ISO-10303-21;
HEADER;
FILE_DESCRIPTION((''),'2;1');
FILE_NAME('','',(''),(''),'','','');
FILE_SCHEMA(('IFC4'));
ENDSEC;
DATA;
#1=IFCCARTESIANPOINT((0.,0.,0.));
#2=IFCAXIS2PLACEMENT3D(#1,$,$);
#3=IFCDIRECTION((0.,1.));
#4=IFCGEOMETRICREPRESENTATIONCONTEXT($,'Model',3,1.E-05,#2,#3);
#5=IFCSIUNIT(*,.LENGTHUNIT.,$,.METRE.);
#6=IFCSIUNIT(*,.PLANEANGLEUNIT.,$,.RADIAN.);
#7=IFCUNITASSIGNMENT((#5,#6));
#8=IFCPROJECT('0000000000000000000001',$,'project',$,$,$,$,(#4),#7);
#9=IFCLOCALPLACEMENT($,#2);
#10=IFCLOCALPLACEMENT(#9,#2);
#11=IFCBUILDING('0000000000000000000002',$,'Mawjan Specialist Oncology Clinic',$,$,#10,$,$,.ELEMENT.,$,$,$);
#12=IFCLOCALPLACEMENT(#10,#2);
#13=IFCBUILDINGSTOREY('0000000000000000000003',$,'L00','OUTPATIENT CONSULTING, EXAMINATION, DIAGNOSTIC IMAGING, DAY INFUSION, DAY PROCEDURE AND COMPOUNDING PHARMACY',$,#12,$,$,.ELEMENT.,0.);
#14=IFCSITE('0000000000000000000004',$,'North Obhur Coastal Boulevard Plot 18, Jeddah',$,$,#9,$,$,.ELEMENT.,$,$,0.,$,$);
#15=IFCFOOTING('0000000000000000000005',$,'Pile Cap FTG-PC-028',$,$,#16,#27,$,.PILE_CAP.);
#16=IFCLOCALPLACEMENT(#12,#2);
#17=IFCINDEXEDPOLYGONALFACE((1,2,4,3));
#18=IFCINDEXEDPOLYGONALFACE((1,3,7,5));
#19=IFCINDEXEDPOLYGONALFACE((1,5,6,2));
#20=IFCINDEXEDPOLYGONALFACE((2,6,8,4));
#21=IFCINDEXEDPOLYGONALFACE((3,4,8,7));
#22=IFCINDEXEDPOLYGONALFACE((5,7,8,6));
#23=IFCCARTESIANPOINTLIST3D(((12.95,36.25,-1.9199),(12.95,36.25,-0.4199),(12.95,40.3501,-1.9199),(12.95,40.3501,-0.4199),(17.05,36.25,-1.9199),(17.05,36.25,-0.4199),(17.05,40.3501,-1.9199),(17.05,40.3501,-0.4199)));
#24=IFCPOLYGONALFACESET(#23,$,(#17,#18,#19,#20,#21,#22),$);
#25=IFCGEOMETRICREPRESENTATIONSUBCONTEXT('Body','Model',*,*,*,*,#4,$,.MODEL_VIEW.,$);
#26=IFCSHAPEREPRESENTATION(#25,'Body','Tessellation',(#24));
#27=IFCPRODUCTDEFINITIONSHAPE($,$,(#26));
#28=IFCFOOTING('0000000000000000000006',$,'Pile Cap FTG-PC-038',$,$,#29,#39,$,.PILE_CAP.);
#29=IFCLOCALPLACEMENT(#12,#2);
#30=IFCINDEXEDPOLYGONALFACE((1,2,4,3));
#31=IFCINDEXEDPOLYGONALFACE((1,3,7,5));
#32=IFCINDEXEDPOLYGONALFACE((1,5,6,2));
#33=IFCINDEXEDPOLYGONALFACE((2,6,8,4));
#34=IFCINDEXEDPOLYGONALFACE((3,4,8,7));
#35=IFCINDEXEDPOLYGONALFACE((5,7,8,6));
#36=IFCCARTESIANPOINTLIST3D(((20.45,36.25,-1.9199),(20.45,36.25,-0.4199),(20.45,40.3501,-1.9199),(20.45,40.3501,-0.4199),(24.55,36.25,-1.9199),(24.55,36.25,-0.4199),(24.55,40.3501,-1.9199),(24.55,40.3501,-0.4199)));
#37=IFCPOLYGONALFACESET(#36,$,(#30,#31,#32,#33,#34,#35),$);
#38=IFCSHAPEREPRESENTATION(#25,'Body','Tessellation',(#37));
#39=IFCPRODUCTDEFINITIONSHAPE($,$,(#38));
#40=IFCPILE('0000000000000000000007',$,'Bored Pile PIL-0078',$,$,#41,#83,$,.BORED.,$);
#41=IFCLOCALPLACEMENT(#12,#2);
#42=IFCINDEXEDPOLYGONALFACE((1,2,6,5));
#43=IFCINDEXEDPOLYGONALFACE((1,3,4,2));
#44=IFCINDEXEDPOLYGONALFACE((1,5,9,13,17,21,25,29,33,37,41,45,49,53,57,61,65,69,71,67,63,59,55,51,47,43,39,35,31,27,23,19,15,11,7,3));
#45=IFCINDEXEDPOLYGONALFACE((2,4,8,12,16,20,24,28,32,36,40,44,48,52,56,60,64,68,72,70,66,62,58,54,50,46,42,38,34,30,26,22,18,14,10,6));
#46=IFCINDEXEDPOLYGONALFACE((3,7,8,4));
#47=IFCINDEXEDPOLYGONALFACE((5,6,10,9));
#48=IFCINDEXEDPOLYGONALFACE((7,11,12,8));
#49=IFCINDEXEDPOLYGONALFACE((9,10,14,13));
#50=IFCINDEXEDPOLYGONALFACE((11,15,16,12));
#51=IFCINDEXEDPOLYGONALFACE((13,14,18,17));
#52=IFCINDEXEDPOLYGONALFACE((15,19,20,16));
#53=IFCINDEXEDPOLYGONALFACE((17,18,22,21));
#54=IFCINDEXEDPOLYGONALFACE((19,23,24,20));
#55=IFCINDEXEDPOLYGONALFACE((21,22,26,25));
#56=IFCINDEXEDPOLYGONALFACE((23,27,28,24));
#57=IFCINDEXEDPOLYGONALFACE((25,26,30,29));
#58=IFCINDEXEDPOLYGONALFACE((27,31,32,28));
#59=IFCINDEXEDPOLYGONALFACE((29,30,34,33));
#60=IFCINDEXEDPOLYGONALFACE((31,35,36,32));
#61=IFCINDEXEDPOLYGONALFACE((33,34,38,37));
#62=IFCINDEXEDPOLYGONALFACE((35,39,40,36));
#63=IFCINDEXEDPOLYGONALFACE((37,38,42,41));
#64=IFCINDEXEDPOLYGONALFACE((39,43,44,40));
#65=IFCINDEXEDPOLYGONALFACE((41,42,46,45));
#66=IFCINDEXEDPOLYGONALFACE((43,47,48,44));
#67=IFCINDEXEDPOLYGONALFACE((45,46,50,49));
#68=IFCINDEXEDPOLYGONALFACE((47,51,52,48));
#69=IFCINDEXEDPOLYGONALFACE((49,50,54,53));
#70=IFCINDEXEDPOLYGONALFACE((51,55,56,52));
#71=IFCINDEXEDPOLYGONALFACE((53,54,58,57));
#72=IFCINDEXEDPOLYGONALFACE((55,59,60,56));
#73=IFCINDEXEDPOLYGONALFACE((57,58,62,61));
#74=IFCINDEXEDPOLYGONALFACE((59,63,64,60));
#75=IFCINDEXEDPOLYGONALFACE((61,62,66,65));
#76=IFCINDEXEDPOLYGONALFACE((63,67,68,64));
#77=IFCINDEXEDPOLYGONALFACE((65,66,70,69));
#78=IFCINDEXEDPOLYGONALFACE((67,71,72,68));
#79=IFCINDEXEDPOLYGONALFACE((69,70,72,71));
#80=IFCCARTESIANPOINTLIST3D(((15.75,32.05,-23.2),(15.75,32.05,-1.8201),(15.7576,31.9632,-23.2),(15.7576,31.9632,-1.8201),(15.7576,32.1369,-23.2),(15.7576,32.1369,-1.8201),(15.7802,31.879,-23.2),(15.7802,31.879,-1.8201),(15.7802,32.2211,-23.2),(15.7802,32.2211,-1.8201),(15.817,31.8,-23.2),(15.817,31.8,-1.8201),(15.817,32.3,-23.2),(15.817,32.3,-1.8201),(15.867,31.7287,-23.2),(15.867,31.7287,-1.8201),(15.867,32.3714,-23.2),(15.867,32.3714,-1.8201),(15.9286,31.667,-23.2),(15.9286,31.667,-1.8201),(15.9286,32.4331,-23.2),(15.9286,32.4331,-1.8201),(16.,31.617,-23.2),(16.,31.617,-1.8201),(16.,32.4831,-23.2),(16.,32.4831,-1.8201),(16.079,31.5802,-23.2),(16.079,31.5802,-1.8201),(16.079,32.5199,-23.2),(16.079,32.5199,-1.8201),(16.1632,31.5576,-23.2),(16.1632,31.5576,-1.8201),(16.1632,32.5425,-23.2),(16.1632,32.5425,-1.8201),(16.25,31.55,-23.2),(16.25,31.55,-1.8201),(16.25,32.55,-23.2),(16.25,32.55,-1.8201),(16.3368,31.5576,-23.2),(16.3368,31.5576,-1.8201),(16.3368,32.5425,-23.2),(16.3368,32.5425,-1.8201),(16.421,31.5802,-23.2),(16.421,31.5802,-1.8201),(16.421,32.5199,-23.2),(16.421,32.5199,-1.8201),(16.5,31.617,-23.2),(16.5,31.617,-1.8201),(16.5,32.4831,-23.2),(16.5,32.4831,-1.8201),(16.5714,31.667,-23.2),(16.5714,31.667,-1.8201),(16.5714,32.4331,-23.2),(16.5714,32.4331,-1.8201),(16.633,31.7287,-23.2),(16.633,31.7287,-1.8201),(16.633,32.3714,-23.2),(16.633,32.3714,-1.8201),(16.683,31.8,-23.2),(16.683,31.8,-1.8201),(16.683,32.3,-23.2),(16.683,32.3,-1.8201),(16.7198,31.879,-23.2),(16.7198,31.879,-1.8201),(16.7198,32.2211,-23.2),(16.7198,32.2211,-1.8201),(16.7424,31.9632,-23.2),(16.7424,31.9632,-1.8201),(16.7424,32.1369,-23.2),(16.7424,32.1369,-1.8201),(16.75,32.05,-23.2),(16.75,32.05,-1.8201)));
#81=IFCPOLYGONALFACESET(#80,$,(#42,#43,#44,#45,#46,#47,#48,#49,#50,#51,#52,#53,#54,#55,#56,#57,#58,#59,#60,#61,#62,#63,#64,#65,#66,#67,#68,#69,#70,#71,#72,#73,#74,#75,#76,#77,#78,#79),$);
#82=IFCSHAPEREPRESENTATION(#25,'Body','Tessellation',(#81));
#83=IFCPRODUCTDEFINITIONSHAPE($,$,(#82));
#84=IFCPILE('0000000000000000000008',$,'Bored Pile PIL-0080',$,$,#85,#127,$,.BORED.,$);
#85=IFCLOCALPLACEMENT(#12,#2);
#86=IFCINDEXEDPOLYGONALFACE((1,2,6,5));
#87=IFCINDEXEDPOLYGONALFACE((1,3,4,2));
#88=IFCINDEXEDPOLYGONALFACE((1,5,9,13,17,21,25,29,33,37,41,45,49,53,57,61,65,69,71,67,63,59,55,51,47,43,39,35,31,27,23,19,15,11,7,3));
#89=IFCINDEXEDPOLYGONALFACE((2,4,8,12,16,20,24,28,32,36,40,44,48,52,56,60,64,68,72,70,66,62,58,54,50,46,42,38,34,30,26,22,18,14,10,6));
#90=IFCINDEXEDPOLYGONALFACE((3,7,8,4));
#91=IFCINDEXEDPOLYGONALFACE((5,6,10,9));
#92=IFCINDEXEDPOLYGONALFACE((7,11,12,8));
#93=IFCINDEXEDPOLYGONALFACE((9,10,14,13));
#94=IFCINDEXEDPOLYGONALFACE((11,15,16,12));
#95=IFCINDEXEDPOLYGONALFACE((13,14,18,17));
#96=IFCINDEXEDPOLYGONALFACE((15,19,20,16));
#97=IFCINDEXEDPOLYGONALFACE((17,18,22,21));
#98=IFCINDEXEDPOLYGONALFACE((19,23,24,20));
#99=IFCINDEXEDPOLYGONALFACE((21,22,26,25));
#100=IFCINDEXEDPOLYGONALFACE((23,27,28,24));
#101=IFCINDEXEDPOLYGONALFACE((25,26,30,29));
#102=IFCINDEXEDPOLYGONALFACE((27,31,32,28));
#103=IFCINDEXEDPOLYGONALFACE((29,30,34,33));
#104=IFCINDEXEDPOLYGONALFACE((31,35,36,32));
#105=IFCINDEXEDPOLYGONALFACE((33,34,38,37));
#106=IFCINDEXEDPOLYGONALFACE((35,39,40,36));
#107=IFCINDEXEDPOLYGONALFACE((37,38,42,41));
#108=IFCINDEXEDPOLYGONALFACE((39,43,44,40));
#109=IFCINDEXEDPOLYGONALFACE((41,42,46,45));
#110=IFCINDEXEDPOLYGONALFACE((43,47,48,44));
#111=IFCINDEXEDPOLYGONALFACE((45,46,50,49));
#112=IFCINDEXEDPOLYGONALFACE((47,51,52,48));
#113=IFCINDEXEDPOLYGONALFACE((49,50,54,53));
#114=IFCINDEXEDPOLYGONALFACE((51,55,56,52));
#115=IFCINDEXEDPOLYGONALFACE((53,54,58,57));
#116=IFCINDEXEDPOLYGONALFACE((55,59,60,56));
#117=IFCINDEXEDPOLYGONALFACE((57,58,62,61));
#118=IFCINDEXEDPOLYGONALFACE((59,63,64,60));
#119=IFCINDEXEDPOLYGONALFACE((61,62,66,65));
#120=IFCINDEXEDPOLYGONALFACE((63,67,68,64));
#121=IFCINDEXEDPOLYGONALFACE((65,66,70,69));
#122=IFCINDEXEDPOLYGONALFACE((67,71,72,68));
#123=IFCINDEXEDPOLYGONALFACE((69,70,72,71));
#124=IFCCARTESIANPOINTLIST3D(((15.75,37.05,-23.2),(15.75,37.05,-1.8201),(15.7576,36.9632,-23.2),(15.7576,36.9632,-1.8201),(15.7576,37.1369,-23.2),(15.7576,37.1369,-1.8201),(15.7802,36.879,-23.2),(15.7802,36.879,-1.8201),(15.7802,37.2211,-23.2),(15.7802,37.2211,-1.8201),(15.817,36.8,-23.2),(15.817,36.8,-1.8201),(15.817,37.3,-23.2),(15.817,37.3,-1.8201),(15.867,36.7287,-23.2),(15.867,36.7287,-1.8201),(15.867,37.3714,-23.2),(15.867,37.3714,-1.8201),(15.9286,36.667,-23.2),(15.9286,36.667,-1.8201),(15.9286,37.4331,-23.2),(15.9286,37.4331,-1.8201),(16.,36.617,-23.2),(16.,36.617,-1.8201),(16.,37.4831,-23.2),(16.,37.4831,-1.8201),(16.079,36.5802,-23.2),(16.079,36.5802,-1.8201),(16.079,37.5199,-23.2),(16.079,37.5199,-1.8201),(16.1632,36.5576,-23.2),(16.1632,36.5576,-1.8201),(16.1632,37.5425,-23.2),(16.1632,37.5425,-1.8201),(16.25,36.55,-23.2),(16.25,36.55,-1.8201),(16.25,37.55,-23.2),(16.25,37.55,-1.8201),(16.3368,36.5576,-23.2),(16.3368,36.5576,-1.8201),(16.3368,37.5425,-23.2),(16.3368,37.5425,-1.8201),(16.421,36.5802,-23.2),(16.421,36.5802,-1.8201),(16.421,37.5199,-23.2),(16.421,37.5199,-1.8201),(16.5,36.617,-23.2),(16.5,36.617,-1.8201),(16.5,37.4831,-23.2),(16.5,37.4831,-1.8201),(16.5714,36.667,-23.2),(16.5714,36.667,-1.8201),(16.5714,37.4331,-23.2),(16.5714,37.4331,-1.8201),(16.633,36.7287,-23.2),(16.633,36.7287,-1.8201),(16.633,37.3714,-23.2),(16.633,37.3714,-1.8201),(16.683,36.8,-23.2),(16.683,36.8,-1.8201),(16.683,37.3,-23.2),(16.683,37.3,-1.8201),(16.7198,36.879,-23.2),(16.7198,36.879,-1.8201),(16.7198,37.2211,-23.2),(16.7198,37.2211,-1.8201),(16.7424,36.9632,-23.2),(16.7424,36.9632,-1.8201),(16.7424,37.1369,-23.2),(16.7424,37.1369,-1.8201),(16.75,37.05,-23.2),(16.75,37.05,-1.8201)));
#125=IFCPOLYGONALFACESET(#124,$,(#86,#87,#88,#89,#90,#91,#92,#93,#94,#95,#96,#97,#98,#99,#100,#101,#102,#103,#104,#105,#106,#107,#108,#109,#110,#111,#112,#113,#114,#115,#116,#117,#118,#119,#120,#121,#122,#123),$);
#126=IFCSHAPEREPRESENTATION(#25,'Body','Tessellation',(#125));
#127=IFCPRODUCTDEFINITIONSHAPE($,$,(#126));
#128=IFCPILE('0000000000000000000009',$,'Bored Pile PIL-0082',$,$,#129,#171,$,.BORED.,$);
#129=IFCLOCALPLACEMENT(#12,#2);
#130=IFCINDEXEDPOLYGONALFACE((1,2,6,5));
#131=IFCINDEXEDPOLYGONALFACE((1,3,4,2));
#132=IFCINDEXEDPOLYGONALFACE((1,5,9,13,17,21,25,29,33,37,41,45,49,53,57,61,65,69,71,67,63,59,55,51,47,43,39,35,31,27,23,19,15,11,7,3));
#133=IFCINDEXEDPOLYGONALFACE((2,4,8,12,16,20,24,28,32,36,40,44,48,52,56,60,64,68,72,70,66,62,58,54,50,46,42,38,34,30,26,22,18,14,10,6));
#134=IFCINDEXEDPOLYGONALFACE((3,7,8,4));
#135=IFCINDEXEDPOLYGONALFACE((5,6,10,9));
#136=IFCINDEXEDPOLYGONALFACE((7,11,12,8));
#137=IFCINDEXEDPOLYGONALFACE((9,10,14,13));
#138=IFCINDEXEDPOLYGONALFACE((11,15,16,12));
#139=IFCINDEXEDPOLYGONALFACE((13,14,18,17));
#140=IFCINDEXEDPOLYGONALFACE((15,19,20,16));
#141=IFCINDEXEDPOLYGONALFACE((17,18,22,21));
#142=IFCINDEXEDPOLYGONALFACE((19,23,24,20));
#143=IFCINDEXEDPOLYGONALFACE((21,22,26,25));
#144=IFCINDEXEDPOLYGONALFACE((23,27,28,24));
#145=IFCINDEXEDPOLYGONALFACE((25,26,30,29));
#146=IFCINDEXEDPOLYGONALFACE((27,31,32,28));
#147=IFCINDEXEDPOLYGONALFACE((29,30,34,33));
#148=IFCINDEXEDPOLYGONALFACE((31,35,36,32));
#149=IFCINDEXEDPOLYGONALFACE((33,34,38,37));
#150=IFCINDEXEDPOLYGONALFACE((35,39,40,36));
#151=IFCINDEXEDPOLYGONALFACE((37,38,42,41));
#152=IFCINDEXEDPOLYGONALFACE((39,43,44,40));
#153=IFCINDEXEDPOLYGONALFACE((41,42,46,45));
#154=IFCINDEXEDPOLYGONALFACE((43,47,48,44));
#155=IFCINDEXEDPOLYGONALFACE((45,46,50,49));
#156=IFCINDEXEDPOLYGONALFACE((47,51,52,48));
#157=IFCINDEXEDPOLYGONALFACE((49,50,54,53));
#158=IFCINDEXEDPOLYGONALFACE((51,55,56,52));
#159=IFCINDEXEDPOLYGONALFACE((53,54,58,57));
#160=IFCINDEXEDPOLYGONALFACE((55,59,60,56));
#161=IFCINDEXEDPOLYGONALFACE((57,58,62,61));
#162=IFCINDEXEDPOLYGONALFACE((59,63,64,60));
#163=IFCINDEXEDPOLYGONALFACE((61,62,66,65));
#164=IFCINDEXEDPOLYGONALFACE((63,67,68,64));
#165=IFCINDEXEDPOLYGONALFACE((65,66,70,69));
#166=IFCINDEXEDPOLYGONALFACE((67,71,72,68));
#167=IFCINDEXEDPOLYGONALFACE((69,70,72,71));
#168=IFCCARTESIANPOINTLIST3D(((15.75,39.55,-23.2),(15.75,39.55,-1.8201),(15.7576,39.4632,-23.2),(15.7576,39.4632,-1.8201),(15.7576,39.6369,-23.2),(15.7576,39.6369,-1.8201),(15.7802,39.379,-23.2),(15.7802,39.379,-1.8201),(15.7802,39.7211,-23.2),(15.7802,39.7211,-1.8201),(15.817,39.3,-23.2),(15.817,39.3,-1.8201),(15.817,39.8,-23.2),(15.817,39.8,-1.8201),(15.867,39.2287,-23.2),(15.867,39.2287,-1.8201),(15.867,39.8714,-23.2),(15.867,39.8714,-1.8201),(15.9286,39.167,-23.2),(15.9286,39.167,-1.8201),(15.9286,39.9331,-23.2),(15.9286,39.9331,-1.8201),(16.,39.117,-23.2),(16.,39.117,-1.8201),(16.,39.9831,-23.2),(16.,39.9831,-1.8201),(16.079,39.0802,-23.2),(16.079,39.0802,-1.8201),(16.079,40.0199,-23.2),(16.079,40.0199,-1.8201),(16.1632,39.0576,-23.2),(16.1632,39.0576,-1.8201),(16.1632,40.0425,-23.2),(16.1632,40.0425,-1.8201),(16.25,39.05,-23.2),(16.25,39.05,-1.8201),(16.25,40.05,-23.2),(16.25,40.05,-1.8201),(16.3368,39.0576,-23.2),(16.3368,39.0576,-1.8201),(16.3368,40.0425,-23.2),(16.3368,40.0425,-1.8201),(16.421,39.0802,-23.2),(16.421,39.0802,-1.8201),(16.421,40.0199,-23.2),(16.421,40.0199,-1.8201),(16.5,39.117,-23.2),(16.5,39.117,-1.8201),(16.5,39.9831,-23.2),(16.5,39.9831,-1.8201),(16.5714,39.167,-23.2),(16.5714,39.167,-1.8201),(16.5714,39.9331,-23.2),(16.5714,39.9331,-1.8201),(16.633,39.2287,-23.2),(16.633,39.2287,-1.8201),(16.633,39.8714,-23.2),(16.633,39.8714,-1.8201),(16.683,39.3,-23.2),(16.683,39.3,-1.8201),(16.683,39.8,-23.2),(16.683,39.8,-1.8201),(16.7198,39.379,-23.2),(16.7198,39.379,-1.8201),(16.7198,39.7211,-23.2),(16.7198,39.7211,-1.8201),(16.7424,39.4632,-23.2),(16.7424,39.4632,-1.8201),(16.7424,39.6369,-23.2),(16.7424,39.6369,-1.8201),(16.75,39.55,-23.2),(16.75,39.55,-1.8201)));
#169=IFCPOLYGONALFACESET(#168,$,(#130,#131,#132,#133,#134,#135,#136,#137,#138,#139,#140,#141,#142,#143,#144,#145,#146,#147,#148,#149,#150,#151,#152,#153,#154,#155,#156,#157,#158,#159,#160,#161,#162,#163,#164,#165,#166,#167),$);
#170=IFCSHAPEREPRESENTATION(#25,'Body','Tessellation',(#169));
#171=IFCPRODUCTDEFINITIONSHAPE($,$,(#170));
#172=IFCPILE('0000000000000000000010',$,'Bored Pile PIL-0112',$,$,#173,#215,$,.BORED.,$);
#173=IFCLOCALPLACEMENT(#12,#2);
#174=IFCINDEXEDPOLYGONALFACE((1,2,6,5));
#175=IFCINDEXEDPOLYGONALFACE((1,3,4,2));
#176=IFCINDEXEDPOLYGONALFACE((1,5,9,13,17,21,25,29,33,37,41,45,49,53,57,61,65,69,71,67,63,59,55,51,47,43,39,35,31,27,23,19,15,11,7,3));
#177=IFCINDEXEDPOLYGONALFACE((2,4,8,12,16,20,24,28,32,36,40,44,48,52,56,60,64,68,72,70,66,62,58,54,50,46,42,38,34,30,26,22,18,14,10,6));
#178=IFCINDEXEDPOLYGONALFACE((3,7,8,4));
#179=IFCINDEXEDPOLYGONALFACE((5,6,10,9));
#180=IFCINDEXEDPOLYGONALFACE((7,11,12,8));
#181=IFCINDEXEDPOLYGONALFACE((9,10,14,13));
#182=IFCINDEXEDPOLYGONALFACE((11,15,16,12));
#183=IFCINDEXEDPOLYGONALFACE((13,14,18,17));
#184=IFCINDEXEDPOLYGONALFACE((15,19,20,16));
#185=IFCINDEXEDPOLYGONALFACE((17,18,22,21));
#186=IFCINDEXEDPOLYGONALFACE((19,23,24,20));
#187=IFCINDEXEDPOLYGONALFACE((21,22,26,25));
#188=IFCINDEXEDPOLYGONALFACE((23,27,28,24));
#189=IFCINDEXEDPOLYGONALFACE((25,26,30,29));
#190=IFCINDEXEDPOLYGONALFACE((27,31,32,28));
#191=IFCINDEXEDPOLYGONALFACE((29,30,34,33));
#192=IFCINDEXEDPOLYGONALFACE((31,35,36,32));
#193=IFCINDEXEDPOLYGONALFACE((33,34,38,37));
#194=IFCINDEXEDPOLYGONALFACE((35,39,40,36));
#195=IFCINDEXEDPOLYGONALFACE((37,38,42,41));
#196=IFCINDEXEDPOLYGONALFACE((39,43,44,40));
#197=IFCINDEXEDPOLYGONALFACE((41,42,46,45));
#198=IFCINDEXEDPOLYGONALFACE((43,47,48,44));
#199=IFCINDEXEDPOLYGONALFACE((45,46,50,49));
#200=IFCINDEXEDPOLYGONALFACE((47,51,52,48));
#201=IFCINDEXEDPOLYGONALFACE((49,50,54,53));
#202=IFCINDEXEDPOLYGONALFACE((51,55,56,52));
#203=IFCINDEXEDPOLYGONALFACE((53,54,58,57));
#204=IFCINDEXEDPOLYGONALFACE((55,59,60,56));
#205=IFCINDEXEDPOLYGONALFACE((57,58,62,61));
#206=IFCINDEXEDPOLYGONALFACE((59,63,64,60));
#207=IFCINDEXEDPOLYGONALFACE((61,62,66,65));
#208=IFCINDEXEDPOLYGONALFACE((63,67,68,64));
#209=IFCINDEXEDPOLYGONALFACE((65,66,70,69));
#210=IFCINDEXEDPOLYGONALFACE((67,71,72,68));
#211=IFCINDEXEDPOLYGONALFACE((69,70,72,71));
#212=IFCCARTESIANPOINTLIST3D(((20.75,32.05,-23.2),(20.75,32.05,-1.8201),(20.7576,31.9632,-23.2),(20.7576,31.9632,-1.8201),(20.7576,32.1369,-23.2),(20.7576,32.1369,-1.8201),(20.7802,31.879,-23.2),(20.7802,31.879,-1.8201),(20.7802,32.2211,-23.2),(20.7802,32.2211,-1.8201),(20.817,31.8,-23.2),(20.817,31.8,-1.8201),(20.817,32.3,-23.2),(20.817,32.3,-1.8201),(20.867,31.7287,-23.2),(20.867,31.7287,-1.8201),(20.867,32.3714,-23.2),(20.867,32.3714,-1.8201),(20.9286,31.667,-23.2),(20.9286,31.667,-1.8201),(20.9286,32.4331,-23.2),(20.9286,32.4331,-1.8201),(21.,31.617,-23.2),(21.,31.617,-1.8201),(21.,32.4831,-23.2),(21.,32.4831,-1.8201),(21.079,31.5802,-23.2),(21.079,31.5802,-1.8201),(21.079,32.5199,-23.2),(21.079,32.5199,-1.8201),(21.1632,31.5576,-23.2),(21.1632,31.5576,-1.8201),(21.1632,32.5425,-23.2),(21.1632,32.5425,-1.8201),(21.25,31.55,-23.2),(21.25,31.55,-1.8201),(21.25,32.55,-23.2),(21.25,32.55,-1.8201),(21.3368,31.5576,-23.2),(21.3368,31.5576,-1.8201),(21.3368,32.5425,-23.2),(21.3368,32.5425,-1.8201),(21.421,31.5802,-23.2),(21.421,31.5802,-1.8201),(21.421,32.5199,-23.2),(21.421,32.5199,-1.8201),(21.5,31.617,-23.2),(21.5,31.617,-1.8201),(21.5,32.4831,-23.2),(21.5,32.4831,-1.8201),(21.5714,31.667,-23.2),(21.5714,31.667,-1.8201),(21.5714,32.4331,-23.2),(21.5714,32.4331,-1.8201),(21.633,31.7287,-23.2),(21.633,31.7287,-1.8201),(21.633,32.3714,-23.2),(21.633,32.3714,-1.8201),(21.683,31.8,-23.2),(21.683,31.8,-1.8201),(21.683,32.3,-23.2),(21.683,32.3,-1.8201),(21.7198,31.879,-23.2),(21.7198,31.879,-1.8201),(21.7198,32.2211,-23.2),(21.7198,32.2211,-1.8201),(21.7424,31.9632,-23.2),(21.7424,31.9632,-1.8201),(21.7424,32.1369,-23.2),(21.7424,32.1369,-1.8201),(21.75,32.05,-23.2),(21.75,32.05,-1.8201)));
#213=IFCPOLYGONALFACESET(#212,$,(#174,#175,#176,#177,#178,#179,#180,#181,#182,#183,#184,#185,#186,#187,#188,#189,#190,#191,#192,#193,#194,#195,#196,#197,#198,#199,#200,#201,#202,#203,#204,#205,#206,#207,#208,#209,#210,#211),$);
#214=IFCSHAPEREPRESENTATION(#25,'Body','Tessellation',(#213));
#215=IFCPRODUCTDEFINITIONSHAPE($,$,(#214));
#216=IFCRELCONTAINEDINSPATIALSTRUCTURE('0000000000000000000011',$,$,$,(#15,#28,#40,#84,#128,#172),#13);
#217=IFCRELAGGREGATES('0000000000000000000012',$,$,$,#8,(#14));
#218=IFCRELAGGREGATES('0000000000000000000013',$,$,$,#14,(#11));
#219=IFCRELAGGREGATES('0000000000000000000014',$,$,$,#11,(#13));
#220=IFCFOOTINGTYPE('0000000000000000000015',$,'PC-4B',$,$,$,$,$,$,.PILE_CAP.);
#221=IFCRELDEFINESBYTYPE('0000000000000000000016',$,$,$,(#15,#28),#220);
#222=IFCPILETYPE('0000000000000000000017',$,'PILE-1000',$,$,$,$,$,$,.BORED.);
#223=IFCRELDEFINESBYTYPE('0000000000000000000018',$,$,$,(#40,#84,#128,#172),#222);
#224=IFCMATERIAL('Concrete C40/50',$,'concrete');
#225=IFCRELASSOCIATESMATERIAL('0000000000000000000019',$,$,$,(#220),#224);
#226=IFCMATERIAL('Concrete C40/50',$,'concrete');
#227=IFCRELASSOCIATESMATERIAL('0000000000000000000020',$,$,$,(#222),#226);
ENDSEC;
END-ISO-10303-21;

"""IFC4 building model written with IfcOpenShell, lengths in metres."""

from ifc_helpers import new_model, si_unit, direction, frame, origin, origin_2d, place, context, subcontext, project, spatial, rectangle, circle, extrude, material, material_profile, profile_set, type_object, element, save


model = new_model("IFC4")

# Units and contexts
model_context = context("Model", 3, precision=1e-05, world=origin(), true_north=direction((0.0, 1.0)))
body_context = subcontext(model_context, "Body", "Model", "MODEL_VIEW")
ifc_project = project(units=[si_unit("LENGTHUNIT", "METRE"), si_unit("PLANEANGLEUNIT", "RADIAN")], contexts=[model_context])

# Site, building, storey
site_placement = place(None, origin())
site = spatial("IfcSite", under=ifc_project, at=site_placement, Name="North Obhur Coastal Boulevard Plot 18, Jeddah", CompositionType="ELEMENT", RefElevation=0.0)
building_placement = place(site_placement, origin())
building = spatial("IfcBuilding", under=site, at=building_placement, Name="Mawjan Specialist Oncology Clinic", CompositionType="ELEMENT")
storey_placement = place(building_placement, origin())
storey = spatial("IfcBuildingStorey", under=building, at=storey_placement, Name="L00", Description="OUTPATIENT CONSULTING, EXAMINATION, DIAGNOSTIC IMAGING, DAY INFUSION, DAY PROCEDURE AND COMPOUNDING PHARMACY", CompositionType="ELEMENT", Elevation=0.0)

# Footings
ifc_material_1 = material(Name="Concrete C40/50", Category="concrete")
footing_type_1 = type_object("IfcFootingType", Name="PC-4B", PredefinedType="PILE_CAP", material=ifc_material_1)
for number, where, z_axis, x_axis, name in (
    (1, (15.0, 38.3, -1.9199), (0.0, 0.0, 1.0), (1.0, 0.0, 0.0), "Pile Cap FTG-PC-028"),
    (2, (22.5, 38.3, -1.9199), (0.0, 0.0, 1.0), (1.0, 0.0, 0.0), "Pile Cap FTG-PC-038"),
):
    element("IfcFooting", number, at=place(storey_placement, frame(where, z_axis=z_axis, x_axis=x_axis)), inside=storey, type_object=footing_type_1, Name=name, PredefinedType="PILE_CAP", context=body_context, shape_type="SweptSolid", body=[
        extrude(rectangle(XDim=4.1001, YDim=4.1001, at=origin_2d()), origin(), (0.0, 0.0, 1.0), 1.5),
    ])

# Piles
ifc_material_2 = material(Name="Concrete C40/50", Category="concrete")
ifc_material_profile_1 = material_profile(ifc_material_2, circle(Radius=0.5, at=origin_2d()), Name="BORED PILE D1000", Category="concrete")
ifc_profile_set_1 = profile_set([ifc_material_profile_1], Name="Concrete C40/50")
pile_type_1 = type_object("IfcPileType", Name="PILE-1000", PredefinedType="BORED", material=ifc_profile_set_1)
for number, where, z_axis, x_axis, name in (
    (3, (16.25, 32.05, -1.8201), (0.0, 0.0, -1.0), (1.0, 0.0, 0.0), "Bored Pile PIL-0078"),
    (4, (16.25, 37.05, -1.8201), (0.0, 0.0, -1.0), (1.0, 0.0, 0.0), "Bored Pile PIL-0080"),
    (5, (16.25, 39.55, -1.8201), (0.0, 0.0, -1.0), (1.0, 0.0, 0.0), "Bored Pile PIL-0082"),
    (6, (21.25, 32.05, -1.8201), (0.0, 0.0, -1.0), (1.0, 0.0, 0.0), "Bored Pile PIL-0112"),
):
    element("IfcPile", number, at=place(storey_placement, frame(where, z_axis=z_axis, x_axis=x_axis)), inside=storey, type_object=pile_type_1, Name=name, PredefinedType="BORED", context=body_context, shape_type="SweptSolid", body=[
        extrude(circle(Radius=0.5, at=origin_2d()), origin(), (0.0, 0.0, 1.0), 21.3799),
    ])

save(model, "model.ifc")
